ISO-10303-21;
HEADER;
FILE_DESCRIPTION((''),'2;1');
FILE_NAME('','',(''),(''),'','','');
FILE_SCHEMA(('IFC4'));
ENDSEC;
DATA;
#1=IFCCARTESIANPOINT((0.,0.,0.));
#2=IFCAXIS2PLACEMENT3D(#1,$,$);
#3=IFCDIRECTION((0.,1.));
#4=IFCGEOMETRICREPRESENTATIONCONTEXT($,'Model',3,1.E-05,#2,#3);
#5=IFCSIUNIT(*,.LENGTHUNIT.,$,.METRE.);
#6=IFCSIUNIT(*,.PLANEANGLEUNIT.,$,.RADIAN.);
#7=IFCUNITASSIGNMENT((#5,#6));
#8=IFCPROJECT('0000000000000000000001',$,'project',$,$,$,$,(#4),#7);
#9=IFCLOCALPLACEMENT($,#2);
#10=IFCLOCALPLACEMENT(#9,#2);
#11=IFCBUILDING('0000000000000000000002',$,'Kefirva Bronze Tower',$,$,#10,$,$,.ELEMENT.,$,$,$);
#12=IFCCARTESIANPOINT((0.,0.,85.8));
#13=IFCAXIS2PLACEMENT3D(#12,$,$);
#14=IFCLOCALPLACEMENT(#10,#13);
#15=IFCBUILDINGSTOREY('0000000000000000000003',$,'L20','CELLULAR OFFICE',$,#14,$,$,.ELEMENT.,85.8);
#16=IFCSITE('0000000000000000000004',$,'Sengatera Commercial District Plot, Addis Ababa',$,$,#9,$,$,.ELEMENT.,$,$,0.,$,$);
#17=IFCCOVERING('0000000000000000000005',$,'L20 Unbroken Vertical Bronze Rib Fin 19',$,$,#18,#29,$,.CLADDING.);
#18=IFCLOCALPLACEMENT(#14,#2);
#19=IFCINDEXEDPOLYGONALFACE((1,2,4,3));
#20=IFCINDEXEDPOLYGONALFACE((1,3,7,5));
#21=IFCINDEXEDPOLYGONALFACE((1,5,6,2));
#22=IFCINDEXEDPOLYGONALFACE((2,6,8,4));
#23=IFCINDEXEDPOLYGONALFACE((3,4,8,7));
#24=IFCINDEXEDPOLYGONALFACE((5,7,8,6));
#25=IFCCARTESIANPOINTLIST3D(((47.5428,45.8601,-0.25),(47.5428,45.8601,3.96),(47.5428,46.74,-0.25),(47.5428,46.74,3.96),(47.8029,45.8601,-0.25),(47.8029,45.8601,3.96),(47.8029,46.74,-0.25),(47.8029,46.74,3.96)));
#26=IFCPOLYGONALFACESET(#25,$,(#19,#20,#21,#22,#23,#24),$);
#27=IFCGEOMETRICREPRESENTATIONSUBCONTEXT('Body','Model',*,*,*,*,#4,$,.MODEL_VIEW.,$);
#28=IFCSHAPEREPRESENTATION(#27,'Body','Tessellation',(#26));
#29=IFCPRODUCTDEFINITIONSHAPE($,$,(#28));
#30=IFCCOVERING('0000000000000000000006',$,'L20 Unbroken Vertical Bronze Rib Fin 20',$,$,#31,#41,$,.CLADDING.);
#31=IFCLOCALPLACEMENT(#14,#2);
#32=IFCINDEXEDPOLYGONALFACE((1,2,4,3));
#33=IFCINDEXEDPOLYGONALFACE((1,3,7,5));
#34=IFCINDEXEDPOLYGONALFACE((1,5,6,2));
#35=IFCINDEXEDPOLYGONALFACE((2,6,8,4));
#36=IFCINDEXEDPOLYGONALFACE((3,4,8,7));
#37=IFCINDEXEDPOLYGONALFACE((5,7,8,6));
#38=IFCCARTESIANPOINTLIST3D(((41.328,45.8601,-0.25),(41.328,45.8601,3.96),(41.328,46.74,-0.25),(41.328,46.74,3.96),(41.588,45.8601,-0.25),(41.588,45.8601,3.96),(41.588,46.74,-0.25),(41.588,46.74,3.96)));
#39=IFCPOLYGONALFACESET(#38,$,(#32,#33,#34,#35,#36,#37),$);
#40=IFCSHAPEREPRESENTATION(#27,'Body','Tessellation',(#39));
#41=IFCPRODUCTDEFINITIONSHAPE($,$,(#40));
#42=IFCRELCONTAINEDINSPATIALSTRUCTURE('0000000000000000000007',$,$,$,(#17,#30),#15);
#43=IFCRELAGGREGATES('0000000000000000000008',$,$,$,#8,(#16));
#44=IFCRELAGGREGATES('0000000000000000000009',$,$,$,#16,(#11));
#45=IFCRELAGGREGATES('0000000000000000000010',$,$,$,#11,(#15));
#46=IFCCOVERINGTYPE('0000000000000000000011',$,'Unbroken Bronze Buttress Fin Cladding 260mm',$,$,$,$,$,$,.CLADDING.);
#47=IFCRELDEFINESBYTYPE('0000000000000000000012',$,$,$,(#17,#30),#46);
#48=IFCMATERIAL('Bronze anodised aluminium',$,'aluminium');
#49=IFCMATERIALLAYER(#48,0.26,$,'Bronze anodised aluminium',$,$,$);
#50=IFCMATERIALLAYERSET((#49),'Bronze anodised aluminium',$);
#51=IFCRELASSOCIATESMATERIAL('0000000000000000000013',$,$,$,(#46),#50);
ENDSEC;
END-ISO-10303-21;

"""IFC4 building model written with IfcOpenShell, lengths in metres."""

from ifc_helpers import new_model, si_unit, direction, frame, origin, origin_2d, place, context, subcontext, project, spatial, rectangle, extrude, material, layer, layer_set, type_object, element, save


model = new_model("IFC4")

# Units and contexts
model_context = context("Model", 3, precision=1e-05, world=origin(), true_north=direction((0.0, 1.0)))
body_context = subcontext(model_context, "Body", "Model", "MODEL_VIEW")
ifc_project = project(units=[si_unit("LENGTHUNIT", "METRE"), si_unit("PLANEANGLEUNIT", "RADIAN")], contexts=[model_context])

# Site, building, storey
site_placement = place(None, origin())
site = spatial("IfcSite", under=ifc_project, at=site_placement, Name="Sengatera Commercial District Plot, Addis Ababa", CompositionType="ELEMENT", RefElevation=0.0)
building_placement = place(site_placement, origin())
building = spatial("IfcBuilding", under=site, at=building_placement, Name="Kefirva Bronze Tower", CompositionType="ELEMENT")
storey_placement = place(building_placement, frame((0.0, 0.0, 85.8)))
storey = spatial("IfcBuildingStorey", under=building, at=storey_placement, Name="L20", Description="CELLULAR OFFICE", CompositionType="ELEMENT", Elevation=85.8)

# Shared definitions
ifc_material_1 = material(Name="Bronze anodised aluminium", Category="aluminium")

# Coverings
ifc_layer_1 = layer(ifc_material_1, 0.26, Name="Bronze anodised aluminium")
ifc_layer_set_1 = layer_set([ifc_layer_1], Name="Bronze anodised aluminium")
covering_type_1 = type_object("IfcCoveringType", Name="Unbroken Bronze Buttress Fin Cladding 260mm", PredefinedType="CLADDING", material=ifc_layer_set_1)
for number, where, z_axis, x_axis, name in (
    (1, (47.6729, 46.3, -0.25), (0.0, 0.0, 1.0), (-1.0, 0.0, 0.0), "L20 Unbroken Vertical Bronze Rib Fin 19"),
    (2, (41.458, 46.3, -0.25), (0.0, 0.0, 1.0), (-1.0, 0.0, 0.0), "L20 Unbroken Vertical Bronze Rib Fin 20"),
):
    element("IfcCovering", number, at=place(storey_placement, frame(where, z_axis=z_axis, x_axis=x_axis)), inside=storey, type_object=covering_type_1, Name=name, PredefinedType="CLADDING", context=body_context, shape_type="SweptSolid", body=[
        extrude(rectangle(XDim=0.26, YDim=0.8799, at=origin_2d()), origin(), (0.0, 0.0, 1.0), 4.21),
    ])

save(model, "model.ifc")
